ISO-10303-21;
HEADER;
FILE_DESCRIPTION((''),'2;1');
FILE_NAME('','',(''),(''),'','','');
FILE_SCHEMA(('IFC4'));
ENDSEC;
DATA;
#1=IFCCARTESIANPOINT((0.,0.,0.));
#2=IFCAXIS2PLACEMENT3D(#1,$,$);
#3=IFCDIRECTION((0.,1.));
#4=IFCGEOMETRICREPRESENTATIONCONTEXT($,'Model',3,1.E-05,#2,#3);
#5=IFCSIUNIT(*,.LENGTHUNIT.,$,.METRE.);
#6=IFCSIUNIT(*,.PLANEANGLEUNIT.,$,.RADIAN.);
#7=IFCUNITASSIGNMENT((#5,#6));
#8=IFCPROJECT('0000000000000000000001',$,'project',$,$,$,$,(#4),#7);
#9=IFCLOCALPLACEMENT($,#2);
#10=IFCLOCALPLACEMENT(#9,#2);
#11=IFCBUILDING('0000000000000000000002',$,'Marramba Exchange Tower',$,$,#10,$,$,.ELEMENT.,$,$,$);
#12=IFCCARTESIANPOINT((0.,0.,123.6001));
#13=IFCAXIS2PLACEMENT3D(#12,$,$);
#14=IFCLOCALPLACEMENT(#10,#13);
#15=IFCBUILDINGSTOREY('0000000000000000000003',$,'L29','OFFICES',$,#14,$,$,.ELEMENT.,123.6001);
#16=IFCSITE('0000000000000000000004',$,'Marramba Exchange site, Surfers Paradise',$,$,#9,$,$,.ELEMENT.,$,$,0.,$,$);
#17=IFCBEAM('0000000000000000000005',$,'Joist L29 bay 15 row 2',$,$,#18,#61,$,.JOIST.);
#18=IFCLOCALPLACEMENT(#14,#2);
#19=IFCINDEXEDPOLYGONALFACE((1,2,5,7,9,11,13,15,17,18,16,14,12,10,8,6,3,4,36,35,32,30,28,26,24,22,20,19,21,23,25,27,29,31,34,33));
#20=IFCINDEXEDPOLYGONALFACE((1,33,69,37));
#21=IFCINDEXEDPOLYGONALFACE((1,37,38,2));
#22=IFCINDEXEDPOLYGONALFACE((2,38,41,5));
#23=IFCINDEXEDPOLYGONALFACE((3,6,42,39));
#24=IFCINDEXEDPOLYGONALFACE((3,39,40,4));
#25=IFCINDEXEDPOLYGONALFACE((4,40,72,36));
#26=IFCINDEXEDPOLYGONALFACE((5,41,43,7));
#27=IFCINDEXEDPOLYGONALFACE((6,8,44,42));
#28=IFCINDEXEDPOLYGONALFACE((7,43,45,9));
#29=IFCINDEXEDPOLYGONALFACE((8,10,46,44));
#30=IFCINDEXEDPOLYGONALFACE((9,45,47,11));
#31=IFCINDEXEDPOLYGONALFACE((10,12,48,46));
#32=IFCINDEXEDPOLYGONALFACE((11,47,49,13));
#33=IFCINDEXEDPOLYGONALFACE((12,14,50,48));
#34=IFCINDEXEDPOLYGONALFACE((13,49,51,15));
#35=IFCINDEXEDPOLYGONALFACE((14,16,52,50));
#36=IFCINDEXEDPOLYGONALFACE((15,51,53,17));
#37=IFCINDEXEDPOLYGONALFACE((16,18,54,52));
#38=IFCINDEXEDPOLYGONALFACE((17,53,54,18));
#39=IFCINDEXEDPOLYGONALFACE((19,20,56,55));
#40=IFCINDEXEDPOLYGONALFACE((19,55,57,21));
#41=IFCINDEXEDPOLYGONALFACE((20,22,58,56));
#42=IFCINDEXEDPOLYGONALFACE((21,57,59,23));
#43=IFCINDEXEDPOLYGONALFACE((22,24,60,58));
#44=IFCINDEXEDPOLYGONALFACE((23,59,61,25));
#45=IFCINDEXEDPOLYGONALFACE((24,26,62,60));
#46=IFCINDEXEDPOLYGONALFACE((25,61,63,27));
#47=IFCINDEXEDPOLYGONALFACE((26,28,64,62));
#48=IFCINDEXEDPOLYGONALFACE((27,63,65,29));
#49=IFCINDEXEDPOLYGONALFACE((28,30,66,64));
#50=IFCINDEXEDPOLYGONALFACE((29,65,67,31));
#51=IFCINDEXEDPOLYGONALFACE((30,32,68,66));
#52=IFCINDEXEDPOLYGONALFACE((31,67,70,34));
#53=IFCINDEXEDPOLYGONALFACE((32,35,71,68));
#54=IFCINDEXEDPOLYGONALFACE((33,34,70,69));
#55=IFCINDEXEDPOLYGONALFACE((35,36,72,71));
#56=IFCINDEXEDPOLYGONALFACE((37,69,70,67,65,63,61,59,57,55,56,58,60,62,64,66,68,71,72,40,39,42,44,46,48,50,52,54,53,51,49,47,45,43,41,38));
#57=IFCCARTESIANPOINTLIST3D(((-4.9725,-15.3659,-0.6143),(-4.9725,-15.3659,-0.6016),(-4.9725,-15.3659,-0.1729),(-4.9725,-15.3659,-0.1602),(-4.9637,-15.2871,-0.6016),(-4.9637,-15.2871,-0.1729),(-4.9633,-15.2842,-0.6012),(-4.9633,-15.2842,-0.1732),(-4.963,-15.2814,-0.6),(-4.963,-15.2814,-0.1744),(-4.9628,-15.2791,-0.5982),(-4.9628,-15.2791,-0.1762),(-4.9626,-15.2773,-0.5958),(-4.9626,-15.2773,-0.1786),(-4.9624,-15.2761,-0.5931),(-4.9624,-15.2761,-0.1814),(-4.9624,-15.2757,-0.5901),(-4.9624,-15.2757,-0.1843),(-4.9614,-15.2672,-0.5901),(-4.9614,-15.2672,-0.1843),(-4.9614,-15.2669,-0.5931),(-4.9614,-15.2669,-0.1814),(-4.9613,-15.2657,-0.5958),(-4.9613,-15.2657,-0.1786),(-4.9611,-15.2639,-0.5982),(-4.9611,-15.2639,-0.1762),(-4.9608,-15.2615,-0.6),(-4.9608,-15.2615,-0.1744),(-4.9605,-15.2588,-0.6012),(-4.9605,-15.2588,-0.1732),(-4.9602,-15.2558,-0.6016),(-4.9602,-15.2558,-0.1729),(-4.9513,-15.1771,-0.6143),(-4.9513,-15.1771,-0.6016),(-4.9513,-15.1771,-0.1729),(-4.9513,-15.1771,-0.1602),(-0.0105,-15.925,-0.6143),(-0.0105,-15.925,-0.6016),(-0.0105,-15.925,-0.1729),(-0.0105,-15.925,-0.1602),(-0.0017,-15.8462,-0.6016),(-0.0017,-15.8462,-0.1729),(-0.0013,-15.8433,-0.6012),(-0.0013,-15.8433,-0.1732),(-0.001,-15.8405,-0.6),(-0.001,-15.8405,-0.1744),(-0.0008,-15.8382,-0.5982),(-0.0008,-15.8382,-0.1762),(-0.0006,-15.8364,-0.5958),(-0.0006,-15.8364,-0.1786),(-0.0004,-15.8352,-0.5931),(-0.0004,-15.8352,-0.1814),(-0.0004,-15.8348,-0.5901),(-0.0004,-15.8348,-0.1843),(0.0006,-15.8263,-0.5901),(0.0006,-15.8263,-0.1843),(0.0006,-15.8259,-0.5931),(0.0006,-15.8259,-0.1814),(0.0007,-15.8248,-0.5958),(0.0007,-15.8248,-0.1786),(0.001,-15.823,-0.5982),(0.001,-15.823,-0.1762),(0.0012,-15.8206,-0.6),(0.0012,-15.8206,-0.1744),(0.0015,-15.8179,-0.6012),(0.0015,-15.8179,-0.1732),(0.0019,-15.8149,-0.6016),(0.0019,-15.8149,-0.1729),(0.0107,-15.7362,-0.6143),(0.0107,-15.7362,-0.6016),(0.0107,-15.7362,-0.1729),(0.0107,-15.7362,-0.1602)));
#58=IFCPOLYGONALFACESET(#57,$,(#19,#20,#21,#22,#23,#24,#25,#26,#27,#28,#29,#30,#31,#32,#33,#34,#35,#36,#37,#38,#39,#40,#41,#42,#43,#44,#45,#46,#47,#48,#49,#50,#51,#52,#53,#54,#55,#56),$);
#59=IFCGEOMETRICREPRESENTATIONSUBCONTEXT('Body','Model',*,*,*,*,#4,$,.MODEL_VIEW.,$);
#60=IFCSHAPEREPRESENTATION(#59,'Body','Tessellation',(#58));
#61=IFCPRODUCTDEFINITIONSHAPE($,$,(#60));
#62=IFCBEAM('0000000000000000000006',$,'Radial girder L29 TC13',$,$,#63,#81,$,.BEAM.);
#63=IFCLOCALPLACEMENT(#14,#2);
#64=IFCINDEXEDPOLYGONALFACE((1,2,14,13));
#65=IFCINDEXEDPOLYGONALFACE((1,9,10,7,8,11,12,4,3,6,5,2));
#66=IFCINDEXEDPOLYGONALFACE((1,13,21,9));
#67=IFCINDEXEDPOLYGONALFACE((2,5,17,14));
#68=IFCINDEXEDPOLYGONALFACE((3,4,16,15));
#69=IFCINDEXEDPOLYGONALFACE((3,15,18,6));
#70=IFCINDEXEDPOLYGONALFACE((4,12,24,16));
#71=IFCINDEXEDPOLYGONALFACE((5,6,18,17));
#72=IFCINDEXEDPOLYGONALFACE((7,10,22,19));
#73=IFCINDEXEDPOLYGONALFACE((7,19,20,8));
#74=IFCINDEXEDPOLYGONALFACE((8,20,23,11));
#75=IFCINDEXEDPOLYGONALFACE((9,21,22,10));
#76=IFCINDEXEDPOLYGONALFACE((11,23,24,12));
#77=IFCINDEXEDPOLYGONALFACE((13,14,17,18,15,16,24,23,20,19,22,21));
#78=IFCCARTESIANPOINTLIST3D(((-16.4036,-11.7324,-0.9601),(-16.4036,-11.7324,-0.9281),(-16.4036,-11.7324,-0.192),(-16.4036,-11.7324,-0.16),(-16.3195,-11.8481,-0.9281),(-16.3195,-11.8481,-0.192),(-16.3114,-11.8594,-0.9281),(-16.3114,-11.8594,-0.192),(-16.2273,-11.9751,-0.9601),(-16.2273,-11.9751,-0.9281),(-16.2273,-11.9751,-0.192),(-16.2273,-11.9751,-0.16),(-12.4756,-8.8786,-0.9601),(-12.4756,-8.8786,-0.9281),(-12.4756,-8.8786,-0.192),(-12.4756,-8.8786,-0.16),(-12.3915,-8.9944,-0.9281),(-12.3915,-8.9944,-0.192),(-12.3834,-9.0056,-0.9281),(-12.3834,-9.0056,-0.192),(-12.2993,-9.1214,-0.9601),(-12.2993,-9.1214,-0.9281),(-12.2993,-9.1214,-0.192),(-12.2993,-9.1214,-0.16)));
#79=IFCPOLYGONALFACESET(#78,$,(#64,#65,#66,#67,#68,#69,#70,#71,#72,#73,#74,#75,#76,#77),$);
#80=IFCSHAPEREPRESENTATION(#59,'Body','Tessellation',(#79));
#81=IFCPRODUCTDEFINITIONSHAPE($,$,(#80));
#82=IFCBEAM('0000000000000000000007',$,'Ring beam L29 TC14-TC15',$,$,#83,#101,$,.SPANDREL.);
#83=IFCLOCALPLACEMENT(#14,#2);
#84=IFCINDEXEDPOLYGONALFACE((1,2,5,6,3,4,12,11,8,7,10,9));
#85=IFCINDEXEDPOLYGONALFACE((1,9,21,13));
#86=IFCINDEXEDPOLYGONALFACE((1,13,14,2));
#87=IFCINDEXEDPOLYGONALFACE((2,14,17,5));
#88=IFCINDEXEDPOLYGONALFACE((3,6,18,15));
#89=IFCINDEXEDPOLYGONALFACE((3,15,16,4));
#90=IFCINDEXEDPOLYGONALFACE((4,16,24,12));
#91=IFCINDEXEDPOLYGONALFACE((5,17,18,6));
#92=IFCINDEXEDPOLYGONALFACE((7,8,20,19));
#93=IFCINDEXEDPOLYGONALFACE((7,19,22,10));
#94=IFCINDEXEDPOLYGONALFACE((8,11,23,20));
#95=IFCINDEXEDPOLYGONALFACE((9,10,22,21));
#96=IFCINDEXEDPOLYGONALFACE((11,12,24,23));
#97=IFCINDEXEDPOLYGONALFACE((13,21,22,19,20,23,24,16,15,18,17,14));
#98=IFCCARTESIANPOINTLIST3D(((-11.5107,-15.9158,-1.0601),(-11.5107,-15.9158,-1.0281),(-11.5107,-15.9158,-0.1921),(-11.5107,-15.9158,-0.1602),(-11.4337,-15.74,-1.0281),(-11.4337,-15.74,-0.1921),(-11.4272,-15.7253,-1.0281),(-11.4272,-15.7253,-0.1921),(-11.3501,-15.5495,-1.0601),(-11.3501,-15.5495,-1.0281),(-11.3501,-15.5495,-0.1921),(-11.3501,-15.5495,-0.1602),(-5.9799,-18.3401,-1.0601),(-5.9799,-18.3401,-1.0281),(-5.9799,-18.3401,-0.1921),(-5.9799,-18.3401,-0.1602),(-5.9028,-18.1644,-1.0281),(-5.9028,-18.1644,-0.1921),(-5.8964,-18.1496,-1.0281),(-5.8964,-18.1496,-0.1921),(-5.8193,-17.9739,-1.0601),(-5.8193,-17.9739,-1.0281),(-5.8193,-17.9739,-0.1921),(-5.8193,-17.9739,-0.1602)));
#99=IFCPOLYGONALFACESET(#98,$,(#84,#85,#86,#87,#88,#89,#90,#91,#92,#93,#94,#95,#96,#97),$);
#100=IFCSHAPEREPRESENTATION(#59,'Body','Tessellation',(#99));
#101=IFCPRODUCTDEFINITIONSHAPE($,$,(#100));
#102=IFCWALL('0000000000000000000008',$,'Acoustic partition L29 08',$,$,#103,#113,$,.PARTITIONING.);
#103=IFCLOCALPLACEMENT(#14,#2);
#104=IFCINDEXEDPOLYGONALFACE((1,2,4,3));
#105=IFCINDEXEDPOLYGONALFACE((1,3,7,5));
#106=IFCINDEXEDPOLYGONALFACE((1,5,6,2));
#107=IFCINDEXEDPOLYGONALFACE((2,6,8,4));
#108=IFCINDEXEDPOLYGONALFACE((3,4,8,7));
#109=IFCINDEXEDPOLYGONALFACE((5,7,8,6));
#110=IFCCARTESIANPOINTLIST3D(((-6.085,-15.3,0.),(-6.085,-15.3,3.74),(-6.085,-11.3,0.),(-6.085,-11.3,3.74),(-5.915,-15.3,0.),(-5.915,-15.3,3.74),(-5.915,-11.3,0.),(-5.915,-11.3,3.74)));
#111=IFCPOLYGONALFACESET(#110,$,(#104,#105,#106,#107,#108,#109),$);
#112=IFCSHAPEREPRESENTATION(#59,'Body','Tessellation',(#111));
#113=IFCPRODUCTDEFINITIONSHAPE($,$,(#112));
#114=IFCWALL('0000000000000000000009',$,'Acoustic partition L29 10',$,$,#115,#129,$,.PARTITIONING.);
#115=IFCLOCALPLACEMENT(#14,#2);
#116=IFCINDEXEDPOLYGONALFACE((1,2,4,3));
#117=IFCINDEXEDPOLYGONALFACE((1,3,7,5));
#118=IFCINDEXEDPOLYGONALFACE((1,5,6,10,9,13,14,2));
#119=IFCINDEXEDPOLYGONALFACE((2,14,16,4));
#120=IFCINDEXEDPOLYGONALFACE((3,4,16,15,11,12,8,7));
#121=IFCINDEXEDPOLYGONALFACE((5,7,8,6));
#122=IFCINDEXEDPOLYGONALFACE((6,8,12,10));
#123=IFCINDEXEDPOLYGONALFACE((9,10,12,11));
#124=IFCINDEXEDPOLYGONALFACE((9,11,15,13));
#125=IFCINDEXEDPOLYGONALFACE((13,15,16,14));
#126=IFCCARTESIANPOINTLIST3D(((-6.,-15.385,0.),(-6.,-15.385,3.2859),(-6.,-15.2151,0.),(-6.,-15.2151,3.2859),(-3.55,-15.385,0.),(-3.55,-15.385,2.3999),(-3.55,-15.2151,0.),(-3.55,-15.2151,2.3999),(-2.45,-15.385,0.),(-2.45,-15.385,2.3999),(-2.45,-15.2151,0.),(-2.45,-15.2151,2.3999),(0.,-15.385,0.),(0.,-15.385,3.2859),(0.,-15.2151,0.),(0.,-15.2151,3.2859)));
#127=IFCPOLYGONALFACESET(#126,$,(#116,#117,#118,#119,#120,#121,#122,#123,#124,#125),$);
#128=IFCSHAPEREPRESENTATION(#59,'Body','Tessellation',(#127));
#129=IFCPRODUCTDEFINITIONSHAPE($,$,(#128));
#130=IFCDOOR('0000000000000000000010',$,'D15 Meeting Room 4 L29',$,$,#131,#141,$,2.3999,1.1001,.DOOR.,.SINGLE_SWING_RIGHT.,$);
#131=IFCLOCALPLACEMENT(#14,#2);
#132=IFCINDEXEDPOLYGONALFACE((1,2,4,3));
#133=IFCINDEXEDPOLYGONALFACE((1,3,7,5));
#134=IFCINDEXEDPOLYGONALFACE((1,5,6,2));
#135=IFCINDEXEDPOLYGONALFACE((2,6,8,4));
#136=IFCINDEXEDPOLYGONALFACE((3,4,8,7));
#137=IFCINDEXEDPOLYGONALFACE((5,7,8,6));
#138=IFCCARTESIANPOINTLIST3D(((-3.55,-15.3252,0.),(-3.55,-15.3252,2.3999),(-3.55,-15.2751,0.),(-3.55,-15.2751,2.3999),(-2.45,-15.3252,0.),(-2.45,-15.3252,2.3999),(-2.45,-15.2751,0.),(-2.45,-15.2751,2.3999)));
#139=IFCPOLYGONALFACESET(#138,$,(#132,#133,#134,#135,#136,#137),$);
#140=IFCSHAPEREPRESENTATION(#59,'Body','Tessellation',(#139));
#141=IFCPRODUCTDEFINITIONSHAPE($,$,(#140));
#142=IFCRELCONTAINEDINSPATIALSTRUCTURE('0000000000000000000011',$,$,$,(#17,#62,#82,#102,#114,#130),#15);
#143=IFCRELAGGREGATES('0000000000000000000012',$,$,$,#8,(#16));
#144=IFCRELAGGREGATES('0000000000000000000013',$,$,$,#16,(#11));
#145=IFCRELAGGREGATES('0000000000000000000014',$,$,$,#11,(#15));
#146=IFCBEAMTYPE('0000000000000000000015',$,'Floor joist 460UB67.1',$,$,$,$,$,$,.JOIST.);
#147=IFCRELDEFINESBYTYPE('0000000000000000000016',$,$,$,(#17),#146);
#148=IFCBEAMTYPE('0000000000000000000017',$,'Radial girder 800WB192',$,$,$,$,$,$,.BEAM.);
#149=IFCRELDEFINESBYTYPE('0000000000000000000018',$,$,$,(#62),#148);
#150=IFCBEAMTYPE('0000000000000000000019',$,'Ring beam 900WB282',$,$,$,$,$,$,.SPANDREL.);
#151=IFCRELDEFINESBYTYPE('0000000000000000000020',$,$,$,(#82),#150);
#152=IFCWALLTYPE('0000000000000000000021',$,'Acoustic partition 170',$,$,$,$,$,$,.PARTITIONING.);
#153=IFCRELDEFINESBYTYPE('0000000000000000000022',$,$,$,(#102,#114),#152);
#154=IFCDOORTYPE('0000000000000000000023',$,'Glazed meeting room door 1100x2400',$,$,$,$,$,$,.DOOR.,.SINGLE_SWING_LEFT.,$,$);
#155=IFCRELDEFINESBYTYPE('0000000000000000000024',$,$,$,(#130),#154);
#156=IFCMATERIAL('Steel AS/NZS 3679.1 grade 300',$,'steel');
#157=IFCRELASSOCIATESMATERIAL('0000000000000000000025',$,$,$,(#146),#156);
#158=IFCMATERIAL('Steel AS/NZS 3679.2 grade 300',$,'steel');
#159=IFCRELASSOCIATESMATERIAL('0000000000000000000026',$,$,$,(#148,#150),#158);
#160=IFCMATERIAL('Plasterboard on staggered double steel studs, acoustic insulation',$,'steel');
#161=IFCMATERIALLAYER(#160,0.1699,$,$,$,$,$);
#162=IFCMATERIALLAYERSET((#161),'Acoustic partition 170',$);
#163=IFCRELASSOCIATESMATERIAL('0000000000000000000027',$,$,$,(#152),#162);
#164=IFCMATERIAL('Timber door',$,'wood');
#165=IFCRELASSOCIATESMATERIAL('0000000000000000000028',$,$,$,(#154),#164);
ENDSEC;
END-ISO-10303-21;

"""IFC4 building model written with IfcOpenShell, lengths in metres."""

from ifc_helpers import new_model, si_unit, direction, frame, frame_2d, origin, origin_2d, place, context, subcontext, project, spatial, rectangle, i_section, extrude, material, layer, layer_set, material_profile, profile_set, type_object, element, fill, save


model = new_model("IFC4")

# Units and contexts
model_context = context("Model", 3, precision=1e-05, world=origin(), true_north=direction((0.0, 1.0)))
body_context = subcontext(model_context, "Body", "Model", "MODEL_VIEW")
ifc_project = project(units=[si_unit("LENGTHUNIT", "METRE"), si_unit("PLANEANGLEUNIT", "RADIAN")], contexts=[model_context])

# Site, building, storey
site_placement = place(None, origin())
site = spatial("IfcSite", under=ifc_project, at=site_placement, Name="Marramba Exchange site, Surfers Paradise", CompositionType="ELEMENT", RefElevation=0.0)
building_placement = place(site_placement, origin())
building = spatial("IfcBuilding", under=site, at=building_placement, Name="Marramba Exchange Tower", CompositionType="ELEMENT")
storey_placement = place(building_placement, frame((0.0, 0.0, 123.6001)))
storey = spatial("IfcBuildingStorey", under=building, at=storey_placement, Name="L29", Description="OFFICES", CompositionType="ELEMENT", Elevation=123.6001)

# Beams
ifc_material_1 = material(Name="Steel AS/NZS 3679.2 grade 300", Category="steel")
ifc_material_2 = material(Name="Steel AS/NZS 3679.1 grade 300", Category="steel")
ifc_material_profile_1 = material_profile(ifc_material_2, i_section(OverallWidth=0.1899, OverallDepth=0.4541, WebThickness=0.0085, FlangeThickness=0.0127, FilletRadius=0.0115, at=origin_2d()), Name="460UB67.1")
ifc_profile_set_1 = profile_set([ifc_material_profile_1], Name="Steel AS/NZS 3679.1 grade 300")
beam_type_1 = type_object("IfcBeamType", Name="Floor joist 460UB67.1", PredefinedType="JOIST", material=ifc_profile_set_1)
beam_1_placement = place(storey_placement, frame((-4.9619, -15.2715, -0.3872), z_axis=(0.993712, -0.111966, 0.0), x_axis=(0.111966, 0.993712, 0.0)))
element("IfcBeam", 1, at=beam_1_placement, inside=storey, type_object=beam_type_1, Name="Joist L29 bay 15 row 2", PredefinedType="JOIST", context=body_context, shape_type="SweptSolid", body=[
    extrude(i_section(OverallWidth=0.1899, OverallDepth=0.4541, WebThickness=0.0085, FlangeThickness=0.0127, FilletRadius=0.0115, at=origin_2d()), origin(), (0.0, 0.0, 1.0), 4.9934),
])
ifc_material_profile_2 = material_profile(ifc_material_1, i_section(OverallWidth=0.3, OverallDepth=0.8, WebThickness=0.0139, FlangeThickness=0.032, at=origin_2d()), Name="800WB192")
ifc_profile_set_2 = profile_set([ifc_material_profile_2], Name="Steel AS/NZS 3679.2 grade 300")
beam_type_2 = type_object("IfcBeamType", Name="Radial girder 800WB192", PredefinedType="BEAM", material=ifc_profile_set_2)
beam_2_placement = place(storey_placement, frame((-12.3875, -9.0, -0.5601), z_axis=(-0.809025, -0.587774, 0.0), x_axis=(0.587774, -0.809025, 0.0)))
element("IfcBeam", 2, at=beam_2_placement, inside=storey, type_object=beam_type_2, Name="Radial girder L29 TC13", PredefinedType="BEAM", context=body_context, shape_type="SweptSolid", body=[
    extrude(i_section(OverallWidth=0.3, OverallDepth=0.8, WebThickness=0.0139, FlangeThickness=0.032, at=origin_2d()), origin(), (0.0, 0.0, 1.0), 4.8552),
])
ifc_material_profile_3 = material_profile(ifc_material_1, i_section(OverallWidth=0.3999, OverallDepth=0.8999, WebThickness=0.0161, FlangeThickness=0.032, at=origin_2d()), Name="900WB282")
ifc_profile_set_3 = profile_set([ifc_material_profile_3], Name="Steel AS/NZS 3679.2 grade 300")
beam_type_3 = type_object("IfcBeamType", Name="Ring beam 900WB282", PredefinedType="SPANDREL", material=ifc_profile_set_3)
beam_3_placement = place(storey_placement, frame((-11.4304, -15.7327, -0.6101), z_axis=(0.915877, -0.401459, 0.0), x_axis=(0.401459, 0.915877, 0.0)))
element("IfcBeam", 3, at=beam_3_placement, inside=storey, type_object=beam_type_3, Name="Ring beam L29 TC14-TC15", PredefinedType="SPANDREL", context=body_context, shape_type="SweptSolid", body=[
    extrude(i_section(OverallWidth=0.3999, OverallDepth=0.8999, WebThickness=0.0161, FlangeThickness=0.032, at=origin_2d()), origin(), (0.0, 0.0, 1.0), 6.0388),
])

# Wall
ifc_material_3 = material(Name="Plasterboard on staggered double steel studs, acoustic insulation", Category="steel")
ifc_layer_1 = layer(ifc_material_3, 0.1699)
ifc_layer_set_1 = layer_set([ifc_layer_1], Name="Acoustic partition 170")
wall_type_1 = type_object("IfcWallType", Name="Acoustic partition 170", PredefinedType="PARTITIONING", material=ifc_layer_set_1)
wall_1_placement = place(storey_placement, frame((-6.0, -11.3, 0.0), z_axis=(0.0, 0.0, 1.0), x_axis=(0.0, -1.0, 0.0)))
element("IfcWall", 4, at=wall_1_placement, inside=storey, type_object=wall_type_1, Name="Acoustic partition L29 08", PredefinedType="PARTITIONING", context=body_context, shape_type="SweptSolid", body=[
    extrude(rectangle(XDim=4.0, YDim=0.1699, at=frame_2d((2.0, 0.0))), origin(), (0.0, 0.0, 1.0), 3.74),
])

# Wall, opening, door
wall_2_placement = place(storey_placement, frame((-6.0, -15.3, 0.0), z_axis=(0.0, 0.0, 1.0), x_axis=(1.0, 0.0, 0.0)))
wall_2 = element("IfcWall", 5, at=wall_2_placement, inside=storey, type_object=wall_type_1, Name="Acoustic partition L29 10", PredefinedType="PARTITIONING", context=body_context, shape_type="SweptSolid", body=[
    extrude(rectangle(XDim=6.0, YDim=0.1699, at=frame_2d((3.0, 0.0))), origin(), (0.0, 0.0, 1.0), 3.2859),
])
opening_1_placement = place(wall_2_placement, frame((2.45, 0.0, 0.0)))
opening_1 = element("IfcOpeningElement", 6, at=opening_1_placement, cuts=wall_2, PredefinedType="OPENING", context=body_context, shape_type="SweptSolid", body=[
    extrude(rectangle(XDim=1.1001, YDim=2.3999, at=frame_2d((0.55, 1.2))), frame((0.0, 0.095, 0.0), z_axis=(0.0, -1.0, 0.0), x_axis=(1.0, 0.0, 0.0)), (0.0, 0.0, 1.0), 0.1899),
])
ifc_material_4 = material(Name="Timber door", Category="wood")
door_type_1 = type_object("IfcDoorType", Name="Glazed meeting room door 1100x2400", OperationType="SINGLE_SWING_LEFT", PredefinedType="DOOR", material=ifc_material_4)
door_1_placement = place(opening_1_placement, origin())
door_1 = element("IfcDoor", 7, at=door_1_placement, inside=storey, type_object=door_type_1, Name="D15 Meeting Room 4 L29", OperationType="SINGLE_SWING_RIGHT", OverallHeight=2.3999, OverallWidth=1.1001, PredefinedType="DOOR", context=body_context, shape_type="SweptSolid", body=[
    extrude(rectangle(XDim=1.1001, YDim=2.3999, at=frame_2d((0.55, 1.2))), frame((0.0, 0.0249, 0.0), z_axis=(0.0, -1.0, 0.0), x_axis=(1.0, 0.0, 0.0)), (0.0, 0.0, 1.0), 0.05),
])
fill(opening_1, door_1)

save(model, "model.ifc")
